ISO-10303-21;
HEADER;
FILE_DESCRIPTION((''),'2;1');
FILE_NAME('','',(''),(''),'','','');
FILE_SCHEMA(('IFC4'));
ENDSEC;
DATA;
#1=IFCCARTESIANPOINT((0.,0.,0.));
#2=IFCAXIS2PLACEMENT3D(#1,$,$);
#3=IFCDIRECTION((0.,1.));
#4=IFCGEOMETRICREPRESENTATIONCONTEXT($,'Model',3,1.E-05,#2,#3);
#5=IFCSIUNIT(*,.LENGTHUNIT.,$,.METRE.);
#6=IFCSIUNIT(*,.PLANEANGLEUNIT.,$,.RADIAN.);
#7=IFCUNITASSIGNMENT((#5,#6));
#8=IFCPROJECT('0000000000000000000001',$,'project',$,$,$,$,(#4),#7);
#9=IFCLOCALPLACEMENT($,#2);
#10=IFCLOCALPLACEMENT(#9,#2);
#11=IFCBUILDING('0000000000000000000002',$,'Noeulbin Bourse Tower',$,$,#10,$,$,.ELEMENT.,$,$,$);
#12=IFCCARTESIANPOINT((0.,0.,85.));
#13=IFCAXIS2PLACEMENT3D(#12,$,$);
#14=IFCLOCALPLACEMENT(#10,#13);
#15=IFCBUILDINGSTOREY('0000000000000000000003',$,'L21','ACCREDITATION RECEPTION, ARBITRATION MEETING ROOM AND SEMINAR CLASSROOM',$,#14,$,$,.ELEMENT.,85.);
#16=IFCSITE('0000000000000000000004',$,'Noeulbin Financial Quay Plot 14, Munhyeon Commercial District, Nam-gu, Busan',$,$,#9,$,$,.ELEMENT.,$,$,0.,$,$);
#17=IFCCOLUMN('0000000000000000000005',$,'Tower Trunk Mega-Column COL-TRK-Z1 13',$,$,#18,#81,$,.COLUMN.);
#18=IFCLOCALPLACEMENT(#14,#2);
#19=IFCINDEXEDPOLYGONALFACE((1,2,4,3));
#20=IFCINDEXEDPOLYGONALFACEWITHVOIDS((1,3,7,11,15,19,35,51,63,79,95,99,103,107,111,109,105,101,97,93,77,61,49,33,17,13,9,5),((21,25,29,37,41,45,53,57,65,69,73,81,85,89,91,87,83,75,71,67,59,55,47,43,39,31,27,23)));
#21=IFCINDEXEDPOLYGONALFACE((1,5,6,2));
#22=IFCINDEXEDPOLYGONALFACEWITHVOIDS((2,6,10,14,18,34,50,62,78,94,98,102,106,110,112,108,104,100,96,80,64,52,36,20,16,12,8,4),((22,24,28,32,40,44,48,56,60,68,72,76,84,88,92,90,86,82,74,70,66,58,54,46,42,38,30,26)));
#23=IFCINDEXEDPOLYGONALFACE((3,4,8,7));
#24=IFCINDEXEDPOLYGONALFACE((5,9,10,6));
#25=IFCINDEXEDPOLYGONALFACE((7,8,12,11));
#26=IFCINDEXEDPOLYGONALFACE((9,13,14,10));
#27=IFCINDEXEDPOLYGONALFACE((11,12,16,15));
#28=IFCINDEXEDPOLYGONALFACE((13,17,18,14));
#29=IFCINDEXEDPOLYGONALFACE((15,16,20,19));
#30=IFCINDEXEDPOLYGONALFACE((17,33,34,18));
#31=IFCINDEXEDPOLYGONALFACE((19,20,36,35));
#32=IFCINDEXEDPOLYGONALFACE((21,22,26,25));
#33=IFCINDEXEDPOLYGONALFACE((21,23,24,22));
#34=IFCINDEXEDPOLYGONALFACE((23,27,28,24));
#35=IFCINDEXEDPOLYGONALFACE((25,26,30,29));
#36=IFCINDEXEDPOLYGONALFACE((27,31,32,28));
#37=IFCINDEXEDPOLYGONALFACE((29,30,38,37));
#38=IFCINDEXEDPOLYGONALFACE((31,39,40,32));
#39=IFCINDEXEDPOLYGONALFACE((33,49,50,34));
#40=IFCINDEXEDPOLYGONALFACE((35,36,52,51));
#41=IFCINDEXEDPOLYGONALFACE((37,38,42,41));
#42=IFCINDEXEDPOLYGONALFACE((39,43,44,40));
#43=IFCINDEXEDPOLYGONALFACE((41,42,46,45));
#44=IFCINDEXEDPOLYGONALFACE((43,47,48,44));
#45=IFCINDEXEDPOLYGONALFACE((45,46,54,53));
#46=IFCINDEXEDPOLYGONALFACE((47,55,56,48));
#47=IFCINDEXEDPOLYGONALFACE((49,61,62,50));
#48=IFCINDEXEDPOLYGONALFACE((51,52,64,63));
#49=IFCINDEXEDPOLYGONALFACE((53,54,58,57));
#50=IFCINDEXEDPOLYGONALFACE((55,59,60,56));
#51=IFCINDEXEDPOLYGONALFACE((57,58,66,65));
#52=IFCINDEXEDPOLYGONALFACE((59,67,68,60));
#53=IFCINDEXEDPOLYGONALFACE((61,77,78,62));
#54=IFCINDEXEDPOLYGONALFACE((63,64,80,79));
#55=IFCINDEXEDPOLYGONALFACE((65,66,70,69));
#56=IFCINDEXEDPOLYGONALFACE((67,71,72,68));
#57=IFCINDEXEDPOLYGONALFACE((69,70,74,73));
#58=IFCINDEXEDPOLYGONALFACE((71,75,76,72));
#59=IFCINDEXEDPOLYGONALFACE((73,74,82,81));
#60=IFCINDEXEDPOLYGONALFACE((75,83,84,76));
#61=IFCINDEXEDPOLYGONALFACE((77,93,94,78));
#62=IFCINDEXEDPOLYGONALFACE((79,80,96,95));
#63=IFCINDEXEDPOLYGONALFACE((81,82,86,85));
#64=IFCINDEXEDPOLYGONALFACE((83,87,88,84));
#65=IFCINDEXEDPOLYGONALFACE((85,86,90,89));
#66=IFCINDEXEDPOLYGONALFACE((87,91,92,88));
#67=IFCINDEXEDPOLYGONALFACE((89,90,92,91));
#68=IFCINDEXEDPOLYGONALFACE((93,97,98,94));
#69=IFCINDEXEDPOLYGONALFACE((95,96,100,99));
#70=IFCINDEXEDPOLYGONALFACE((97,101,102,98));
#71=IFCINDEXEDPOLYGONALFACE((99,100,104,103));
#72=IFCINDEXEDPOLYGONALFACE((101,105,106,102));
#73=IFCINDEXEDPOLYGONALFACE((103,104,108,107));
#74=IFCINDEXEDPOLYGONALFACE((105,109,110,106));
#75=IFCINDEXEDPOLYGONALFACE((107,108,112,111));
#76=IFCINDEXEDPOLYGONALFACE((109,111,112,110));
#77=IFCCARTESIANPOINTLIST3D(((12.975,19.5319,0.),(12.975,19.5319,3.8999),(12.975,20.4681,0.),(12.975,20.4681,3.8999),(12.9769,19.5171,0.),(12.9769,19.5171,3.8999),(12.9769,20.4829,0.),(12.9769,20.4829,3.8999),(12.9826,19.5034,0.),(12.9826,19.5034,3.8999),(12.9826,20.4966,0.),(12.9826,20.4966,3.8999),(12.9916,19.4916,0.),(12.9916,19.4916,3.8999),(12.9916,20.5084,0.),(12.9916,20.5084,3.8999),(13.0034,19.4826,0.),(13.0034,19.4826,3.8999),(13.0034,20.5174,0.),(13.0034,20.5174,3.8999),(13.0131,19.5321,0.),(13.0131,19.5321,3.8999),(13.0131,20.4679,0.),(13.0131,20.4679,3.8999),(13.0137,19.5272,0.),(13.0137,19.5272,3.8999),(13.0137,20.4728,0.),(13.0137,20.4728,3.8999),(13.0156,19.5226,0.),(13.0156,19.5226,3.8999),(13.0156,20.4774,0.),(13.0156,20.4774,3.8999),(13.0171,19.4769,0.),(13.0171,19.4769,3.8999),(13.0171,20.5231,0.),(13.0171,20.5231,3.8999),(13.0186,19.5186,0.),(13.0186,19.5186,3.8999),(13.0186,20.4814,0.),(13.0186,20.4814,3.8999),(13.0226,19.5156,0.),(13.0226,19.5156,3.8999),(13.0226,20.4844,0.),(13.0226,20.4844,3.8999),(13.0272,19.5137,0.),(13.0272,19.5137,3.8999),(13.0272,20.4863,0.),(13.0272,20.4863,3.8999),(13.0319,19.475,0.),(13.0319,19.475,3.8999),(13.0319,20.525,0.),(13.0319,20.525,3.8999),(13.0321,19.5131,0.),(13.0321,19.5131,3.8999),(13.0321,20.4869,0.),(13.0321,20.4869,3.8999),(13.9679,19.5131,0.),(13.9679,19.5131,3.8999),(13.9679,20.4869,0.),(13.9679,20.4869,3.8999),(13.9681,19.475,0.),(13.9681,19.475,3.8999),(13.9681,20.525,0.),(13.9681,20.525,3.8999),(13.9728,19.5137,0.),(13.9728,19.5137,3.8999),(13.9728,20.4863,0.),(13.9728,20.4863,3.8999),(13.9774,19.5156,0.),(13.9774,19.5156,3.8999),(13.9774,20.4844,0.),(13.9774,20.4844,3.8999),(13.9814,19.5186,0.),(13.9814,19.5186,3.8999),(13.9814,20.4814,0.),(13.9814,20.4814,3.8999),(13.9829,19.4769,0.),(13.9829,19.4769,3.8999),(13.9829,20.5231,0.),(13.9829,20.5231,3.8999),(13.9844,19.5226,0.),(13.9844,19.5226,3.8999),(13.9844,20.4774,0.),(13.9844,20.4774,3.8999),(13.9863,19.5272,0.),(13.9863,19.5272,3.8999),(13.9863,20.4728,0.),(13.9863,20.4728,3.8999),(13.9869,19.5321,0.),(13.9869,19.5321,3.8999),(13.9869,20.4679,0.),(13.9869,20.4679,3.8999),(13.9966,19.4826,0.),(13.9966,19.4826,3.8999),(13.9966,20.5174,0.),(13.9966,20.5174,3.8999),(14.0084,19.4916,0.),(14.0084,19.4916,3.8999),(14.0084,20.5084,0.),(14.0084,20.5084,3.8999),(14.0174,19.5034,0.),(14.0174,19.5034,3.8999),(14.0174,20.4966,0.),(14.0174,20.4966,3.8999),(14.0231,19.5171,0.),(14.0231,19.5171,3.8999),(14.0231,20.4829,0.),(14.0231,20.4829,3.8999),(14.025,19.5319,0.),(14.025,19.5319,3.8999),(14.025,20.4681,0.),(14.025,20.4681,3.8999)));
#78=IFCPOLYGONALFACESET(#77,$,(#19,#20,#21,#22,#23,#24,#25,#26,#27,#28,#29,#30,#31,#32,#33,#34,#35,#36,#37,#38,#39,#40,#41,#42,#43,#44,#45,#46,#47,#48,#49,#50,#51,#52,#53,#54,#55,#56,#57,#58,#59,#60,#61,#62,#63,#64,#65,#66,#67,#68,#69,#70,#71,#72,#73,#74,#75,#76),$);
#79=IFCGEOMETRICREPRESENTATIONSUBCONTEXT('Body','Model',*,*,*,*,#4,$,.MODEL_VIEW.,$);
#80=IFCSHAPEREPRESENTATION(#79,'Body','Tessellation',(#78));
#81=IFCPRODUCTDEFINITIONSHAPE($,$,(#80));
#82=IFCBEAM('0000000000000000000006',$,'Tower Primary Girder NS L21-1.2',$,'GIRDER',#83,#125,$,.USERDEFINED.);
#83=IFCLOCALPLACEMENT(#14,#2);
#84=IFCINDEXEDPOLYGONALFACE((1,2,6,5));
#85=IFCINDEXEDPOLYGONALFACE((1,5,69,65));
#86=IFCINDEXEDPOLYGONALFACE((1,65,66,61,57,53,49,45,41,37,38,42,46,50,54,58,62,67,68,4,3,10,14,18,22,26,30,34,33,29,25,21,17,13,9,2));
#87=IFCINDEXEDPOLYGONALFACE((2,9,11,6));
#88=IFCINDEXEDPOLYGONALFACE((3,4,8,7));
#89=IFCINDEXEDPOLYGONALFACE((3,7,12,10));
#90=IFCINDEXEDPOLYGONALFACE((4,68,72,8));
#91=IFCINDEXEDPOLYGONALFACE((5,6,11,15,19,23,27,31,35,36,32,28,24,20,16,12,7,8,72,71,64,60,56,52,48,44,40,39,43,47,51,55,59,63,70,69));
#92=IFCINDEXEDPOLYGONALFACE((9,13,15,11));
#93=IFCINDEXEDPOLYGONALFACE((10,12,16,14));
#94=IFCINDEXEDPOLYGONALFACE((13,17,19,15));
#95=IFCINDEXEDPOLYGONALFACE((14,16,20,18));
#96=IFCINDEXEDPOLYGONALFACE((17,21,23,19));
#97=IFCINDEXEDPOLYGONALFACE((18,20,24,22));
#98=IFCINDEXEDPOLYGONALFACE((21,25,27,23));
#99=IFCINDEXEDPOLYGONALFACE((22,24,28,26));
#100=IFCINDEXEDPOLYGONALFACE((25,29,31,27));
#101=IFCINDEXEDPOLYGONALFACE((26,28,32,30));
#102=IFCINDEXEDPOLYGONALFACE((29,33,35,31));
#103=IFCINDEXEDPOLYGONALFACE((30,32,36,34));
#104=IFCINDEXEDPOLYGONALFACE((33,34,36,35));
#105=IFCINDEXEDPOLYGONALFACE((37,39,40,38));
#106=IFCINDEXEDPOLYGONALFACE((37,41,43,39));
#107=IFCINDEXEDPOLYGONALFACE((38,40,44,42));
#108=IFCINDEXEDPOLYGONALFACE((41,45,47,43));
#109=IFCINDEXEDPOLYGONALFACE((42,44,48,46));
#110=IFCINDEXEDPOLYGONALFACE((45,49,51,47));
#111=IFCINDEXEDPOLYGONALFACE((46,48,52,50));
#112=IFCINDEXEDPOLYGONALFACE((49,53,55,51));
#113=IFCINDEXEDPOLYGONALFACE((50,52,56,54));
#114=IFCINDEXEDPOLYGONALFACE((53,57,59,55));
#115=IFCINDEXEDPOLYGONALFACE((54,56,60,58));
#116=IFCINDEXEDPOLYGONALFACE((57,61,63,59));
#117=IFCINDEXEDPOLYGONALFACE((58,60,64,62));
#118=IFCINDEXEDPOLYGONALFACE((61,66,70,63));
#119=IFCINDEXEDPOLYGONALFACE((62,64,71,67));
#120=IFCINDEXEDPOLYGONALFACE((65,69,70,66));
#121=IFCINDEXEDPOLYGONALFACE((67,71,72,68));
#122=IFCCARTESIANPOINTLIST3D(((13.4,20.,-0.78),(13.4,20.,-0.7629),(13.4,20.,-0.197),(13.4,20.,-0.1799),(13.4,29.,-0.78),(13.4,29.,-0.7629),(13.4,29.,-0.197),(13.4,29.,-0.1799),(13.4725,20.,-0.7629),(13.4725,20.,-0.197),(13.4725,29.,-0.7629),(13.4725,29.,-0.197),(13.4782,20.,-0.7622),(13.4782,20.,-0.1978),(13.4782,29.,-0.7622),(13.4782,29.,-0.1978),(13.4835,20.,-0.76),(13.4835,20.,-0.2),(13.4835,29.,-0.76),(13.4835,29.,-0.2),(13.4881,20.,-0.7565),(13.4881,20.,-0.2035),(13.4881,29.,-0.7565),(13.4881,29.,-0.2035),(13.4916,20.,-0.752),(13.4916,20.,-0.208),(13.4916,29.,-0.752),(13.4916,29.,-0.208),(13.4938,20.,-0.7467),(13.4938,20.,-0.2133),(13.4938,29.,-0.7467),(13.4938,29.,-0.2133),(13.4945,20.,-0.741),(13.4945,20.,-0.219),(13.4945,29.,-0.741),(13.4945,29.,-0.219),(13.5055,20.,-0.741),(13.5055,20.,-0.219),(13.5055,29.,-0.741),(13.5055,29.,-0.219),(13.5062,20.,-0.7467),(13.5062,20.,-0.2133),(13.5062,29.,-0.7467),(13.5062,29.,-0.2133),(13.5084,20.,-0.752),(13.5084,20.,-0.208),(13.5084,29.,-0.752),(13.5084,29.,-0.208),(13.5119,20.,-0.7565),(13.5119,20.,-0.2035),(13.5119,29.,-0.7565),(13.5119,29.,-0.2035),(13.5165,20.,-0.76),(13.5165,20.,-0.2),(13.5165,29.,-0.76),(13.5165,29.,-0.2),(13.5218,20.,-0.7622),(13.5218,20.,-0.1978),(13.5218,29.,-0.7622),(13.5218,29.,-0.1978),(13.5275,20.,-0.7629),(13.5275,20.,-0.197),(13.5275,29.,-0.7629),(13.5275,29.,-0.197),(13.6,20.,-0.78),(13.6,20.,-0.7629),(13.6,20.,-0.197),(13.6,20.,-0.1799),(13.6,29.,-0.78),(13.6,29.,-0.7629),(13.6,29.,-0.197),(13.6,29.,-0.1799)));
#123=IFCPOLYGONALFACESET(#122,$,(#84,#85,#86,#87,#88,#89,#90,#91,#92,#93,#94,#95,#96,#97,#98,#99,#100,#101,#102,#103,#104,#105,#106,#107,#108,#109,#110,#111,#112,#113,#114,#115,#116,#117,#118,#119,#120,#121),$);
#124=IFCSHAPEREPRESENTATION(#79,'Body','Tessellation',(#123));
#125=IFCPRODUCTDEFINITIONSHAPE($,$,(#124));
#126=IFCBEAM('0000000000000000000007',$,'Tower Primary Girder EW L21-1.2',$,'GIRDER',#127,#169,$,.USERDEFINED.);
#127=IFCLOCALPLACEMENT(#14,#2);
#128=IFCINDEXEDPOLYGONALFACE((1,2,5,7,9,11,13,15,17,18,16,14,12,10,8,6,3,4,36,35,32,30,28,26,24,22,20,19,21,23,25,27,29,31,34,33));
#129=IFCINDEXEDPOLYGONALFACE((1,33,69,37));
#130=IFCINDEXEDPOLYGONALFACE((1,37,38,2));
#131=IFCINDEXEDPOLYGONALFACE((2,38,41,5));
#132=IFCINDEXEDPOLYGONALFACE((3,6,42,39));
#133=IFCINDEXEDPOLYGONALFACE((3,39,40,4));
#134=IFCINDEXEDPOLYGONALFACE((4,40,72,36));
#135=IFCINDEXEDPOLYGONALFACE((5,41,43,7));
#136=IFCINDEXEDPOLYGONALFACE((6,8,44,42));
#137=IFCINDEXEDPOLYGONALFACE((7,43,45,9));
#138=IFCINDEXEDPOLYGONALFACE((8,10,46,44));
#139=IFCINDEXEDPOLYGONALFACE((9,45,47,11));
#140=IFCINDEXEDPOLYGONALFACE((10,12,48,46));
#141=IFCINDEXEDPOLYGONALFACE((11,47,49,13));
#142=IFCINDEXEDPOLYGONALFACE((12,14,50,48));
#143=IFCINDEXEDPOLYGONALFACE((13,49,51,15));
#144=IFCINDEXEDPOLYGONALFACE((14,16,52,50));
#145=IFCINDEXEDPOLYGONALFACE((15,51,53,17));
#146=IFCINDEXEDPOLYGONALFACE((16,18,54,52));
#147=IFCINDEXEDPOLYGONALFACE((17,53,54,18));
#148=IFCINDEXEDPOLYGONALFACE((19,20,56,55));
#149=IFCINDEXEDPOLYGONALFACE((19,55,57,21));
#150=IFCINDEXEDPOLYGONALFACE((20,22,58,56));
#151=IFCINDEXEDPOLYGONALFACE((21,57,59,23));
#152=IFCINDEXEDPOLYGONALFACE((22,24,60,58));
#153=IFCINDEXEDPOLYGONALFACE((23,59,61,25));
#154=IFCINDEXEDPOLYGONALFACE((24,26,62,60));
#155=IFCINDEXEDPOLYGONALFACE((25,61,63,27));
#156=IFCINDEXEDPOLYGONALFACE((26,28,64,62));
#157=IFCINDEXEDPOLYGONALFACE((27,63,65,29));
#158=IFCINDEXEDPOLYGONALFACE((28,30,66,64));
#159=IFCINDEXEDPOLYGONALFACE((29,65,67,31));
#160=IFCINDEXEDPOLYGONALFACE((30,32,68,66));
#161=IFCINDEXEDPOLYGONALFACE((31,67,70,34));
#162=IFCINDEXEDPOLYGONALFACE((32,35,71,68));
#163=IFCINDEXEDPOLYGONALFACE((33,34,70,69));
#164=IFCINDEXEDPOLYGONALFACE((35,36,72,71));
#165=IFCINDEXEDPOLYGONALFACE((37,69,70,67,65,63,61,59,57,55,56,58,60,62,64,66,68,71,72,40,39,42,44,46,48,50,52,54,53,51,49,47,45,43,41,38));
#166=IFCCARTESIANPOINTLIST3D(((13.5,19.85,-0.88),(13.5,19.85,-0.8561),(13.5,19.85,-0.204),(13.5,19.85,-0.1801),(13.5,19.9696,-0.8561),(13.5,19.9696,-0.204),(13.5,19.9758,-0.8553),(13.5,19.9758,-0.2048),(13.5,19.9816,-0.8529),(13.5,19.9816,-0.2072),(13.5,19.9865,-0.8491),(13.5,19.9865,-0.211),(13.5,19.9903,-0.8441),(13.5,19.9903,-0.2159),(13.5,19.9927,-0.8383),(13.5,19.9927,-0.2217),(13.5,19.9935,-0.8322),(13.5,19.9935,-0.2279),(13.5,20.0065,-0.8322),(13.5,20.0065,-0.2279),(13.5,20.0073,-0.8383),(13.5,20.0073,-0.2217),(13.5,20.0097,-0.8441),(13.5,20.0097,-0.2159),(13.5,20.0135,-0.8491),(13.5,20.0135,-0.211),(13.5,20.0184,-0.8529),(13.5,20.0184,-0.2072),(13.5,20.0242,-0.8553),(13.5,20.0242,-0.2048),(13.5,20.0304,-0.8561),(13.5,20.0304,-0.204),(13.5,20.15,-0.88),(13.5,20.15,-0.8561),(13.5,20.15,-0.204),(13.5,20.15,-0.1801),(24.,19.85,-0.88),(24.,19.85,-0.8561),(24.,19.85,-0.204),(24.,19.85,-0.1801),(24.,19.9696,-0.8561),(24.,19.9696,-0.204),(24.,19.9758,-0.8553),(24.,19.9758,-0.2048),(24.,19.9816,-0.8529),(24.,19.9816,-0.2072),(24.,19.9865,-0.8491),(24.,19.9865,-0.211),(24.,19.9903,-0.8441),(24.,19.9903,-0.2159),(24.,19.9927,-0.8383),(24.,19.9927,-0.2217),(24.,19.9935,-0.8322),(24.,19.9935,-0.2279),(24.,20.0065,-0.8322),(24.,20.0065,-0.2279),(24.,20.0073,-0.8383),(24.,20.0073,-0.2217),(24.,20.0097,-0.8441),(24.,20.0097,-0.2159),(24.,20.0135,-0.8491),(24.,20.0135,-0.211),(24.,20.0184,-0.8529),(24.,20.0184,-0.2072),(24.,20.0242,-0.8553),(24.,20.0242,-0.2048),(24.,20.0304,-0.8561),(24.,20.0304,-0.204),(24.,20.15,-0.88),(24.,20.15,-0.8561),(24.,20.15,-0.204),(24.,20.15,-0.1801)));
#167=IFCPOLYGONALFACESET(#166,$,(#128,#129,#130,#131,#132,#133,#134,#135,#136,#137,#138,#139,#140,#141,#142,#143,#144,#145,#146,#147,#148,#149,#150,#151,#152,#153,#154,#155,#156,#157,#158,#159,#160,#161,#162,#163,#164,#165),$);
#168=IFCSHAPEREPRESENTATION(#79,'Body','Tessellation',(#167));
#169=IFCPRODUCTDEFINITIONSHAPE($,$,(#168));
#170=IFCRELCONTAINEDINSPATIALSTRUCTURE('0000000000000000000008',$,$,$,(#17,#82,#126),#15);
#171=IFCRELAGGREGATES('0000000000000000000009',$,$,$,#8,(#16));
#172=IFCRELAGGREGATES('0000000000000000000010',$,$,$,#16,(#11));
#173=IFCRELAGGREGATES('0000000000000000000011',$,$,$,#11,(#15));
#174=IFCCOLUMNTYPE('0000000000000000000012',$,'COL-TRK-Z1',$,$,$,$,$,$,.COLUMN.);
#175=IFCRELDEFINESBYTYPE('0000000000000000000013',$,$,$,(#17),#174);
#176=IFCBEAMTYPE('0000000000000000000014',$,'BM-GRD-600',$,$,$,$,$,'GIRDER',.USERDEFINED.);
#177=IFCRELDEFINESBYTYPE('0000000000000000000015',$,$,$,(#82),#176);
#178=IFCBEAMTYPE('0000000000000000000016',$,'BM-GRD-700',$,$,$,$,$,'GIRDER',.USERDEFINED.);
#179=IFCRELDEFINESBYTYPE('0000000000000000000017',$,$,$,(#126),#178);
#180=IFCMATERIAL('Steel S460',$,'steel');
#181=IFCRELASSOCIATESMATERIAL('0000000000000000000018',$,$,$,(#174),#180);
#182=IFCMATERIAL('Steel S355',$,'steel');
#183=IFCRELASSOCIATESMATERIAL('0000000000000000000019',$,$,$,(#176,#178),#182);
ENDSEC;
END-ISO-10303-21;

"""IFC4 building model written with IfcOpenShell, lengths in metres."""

from ifc_helpers import new_model, si_unit, direction, frame, origin, origin_2d, place, context, subcontext, project, spatial, hollow_rectangle, i_section, extrude, material, material_profile, profile_set, type_object, element, save


model = new_model("IFC4")

# Units and contexts
model_context = context("Model", 3, precision=1e-05, world=origin(), true_north=direction((0.0, 1.0)))
body_context = subcontext(model_context, "Body", "Model", "MODEL_VIEW")
ifc_project = project(units=[si_unit("LENGTHUNIT", "METRE"), si_unit("PLANEANGLEUNIT", "RADIAN")], contexts=[model_context])

# Site, building, storey
site_placement = place(None, origin())
site = spatial("IfcSite", under=ifc_project, at=site_placement, Name="Noeulbin Financial Quay Plot 14, Munhyeon Commercial District, Nam-gu, Busan", CompositionType="ELEMENT", RefElevation=0.0)
building_placement = place(site_placement, origin())
building = spatial("IfcBuilding", under=site, at=building_placement, Name="Noeulbin Bourse Tower", CompositionType="ELEMENT")
storey_placement = place(building_placement, frame((0.0, 0.0, 85.0)))
storey = spatial("IfcBuildingStorey", under=building, at=storey_placement, Name="L21", Description="ACCREDITATION RECEPTION, ARBITRATION MEETING ROOM AND SEMINAR CLASSROOM", CompositionType="ELEMENT", Elevation=85.0)

# Column
ifc_material_1 = material(Name="Steel S460", Category="steel")
ifc_material_profile_1 = material_profile(ifc_material_1, hollow_rectangle(XDim=1.05, YDim=1.05, WallThickness=0.0381, InnerFilletRadius=0.019, OuterFilletRadius=0.0569, at=origin_2d()), Name="BOX-1050x1050x38", Category="LoadBearing")
ifc_profile_set_1 = profile_set([ifc_material_profile_1], Name="Steel S460")
column_type = type_object("IfcColumnType", Name="COL-TRK-Z1", PredefinedType="COLUMN", material=ifc_profile_set_1)
column_placement = place(storey_placement, frame((13.5, 20.0, 0.0), z_axis=(0.0, 0.0, 1.0), x_axis=(1.0, 0.0, 0.0)))
element("IfcColumn", 1, at=column_placement, inside=storey, type_object=column_type, Name="Tower Trunk Mega-Column COL-TRK-Z1 13", PredefinedType="COLUMN", context=body_context, shape_type="SweptSolid", body=[
    extrude(hollow_rectangle(XDim=1.05, YDim=1.05, WallThickness=0.0381, InnerFilletRadius=0.019, OuterFilletRadius=0.0569, at=origin_2d()), origin(), (0.0, 0.0, 1.0), 3.8999),
])

# Beams
ifc_material_2 = material(Name="Steel S355", Category="steel")
ifc_material_profile_2 = material_profile(ifc_material_2, i_section(OverallWidth=0.2, OverallDepth=0.6001, WebThickness=0.011, FlangeThickness=0.0171, FilletRadius=0.022, at=origin_2d()), Name="H-600x200x11x17", Category="LoadBearing")
ifc_profile_set_2 = profile_set([ifc_material_profile_2], Name="Steel S355")
beam_type_1 = type_object("IfcBeamType", Name="BM-GRD-600", ElementType="GIRDER", PredefinedType="USERDEFINED", material=ifc_profile_set_2)
beam_1_placement = place(storey_placement, frame((13.5, 20.0, -0.48), z_axis=(0.0, 1.0, 0.0), x_axis=(-1.0, 0.0, 0.0)))
element("IfcBeam", 2, at=beam_1_placement, inside=storey, type_object=beam_type_1, Name="Tower Primary Girder NS L21-1.2", ObjectType="GIRDER", PredefinedType="USERDEFINED", context=body_context, shape_type="SweptSolid", body=[
    extrude(i_section(OverallWidth=0.2, OverallDepth=0.6001, WebThickness=0.011, FlangeThickness=0.0171, FilletRadius=0.022, at=origin_2d()), origin(), (0.0, 0.0, 1.0), 9.0),
])
ifc_material_profile_3 = material_profile(ifc_material_2, i_section(OverallWidth=0.3, OverallDepth=0.7, WebThickness=0.0129, FlangeThickness=0.0239, FilletRadius=0.0239, at=origin_2d()), Name="H-700x300x13x24", Category="LoadBearing")
ifc_profile_set_3 = profile_set([ifc_material_profile_3], Name="Steel S355")
beam_type_2 = type_object("IfcBeamType", Name="BM-GRD-700", ElementType="GIRDER", PredefinedType="USERDEFINED", material=ifc_profile_set_3)
beam_2_placement = place(storey_placement, frame((13.5, 20.0, -0.53), z_axis=(1.0, 0.0, 0.0), x_axis=(0.0, 1.0, 0.0)))
element("IfcBeam", 3, at=beam_2_placement, inside=storey, type_object=beam_type_2, Name="Tower Primary Girder EW L21-1.2", ObjectType="GIRDER", PredefinedType="USERDEFINED", context=body_context, shape_type="SweptSolid", body=[
    extrude(i_section(OverallWidth=0.3, OverallDepth=0.7, WebThickness=0.0129, FlangeThickness=0.0239, FilletRadius=0.0239, at=origin_2d()), origin(), (0.0, 0.0, 1.0), 10.5),
])

save(model, "model.ifc")
